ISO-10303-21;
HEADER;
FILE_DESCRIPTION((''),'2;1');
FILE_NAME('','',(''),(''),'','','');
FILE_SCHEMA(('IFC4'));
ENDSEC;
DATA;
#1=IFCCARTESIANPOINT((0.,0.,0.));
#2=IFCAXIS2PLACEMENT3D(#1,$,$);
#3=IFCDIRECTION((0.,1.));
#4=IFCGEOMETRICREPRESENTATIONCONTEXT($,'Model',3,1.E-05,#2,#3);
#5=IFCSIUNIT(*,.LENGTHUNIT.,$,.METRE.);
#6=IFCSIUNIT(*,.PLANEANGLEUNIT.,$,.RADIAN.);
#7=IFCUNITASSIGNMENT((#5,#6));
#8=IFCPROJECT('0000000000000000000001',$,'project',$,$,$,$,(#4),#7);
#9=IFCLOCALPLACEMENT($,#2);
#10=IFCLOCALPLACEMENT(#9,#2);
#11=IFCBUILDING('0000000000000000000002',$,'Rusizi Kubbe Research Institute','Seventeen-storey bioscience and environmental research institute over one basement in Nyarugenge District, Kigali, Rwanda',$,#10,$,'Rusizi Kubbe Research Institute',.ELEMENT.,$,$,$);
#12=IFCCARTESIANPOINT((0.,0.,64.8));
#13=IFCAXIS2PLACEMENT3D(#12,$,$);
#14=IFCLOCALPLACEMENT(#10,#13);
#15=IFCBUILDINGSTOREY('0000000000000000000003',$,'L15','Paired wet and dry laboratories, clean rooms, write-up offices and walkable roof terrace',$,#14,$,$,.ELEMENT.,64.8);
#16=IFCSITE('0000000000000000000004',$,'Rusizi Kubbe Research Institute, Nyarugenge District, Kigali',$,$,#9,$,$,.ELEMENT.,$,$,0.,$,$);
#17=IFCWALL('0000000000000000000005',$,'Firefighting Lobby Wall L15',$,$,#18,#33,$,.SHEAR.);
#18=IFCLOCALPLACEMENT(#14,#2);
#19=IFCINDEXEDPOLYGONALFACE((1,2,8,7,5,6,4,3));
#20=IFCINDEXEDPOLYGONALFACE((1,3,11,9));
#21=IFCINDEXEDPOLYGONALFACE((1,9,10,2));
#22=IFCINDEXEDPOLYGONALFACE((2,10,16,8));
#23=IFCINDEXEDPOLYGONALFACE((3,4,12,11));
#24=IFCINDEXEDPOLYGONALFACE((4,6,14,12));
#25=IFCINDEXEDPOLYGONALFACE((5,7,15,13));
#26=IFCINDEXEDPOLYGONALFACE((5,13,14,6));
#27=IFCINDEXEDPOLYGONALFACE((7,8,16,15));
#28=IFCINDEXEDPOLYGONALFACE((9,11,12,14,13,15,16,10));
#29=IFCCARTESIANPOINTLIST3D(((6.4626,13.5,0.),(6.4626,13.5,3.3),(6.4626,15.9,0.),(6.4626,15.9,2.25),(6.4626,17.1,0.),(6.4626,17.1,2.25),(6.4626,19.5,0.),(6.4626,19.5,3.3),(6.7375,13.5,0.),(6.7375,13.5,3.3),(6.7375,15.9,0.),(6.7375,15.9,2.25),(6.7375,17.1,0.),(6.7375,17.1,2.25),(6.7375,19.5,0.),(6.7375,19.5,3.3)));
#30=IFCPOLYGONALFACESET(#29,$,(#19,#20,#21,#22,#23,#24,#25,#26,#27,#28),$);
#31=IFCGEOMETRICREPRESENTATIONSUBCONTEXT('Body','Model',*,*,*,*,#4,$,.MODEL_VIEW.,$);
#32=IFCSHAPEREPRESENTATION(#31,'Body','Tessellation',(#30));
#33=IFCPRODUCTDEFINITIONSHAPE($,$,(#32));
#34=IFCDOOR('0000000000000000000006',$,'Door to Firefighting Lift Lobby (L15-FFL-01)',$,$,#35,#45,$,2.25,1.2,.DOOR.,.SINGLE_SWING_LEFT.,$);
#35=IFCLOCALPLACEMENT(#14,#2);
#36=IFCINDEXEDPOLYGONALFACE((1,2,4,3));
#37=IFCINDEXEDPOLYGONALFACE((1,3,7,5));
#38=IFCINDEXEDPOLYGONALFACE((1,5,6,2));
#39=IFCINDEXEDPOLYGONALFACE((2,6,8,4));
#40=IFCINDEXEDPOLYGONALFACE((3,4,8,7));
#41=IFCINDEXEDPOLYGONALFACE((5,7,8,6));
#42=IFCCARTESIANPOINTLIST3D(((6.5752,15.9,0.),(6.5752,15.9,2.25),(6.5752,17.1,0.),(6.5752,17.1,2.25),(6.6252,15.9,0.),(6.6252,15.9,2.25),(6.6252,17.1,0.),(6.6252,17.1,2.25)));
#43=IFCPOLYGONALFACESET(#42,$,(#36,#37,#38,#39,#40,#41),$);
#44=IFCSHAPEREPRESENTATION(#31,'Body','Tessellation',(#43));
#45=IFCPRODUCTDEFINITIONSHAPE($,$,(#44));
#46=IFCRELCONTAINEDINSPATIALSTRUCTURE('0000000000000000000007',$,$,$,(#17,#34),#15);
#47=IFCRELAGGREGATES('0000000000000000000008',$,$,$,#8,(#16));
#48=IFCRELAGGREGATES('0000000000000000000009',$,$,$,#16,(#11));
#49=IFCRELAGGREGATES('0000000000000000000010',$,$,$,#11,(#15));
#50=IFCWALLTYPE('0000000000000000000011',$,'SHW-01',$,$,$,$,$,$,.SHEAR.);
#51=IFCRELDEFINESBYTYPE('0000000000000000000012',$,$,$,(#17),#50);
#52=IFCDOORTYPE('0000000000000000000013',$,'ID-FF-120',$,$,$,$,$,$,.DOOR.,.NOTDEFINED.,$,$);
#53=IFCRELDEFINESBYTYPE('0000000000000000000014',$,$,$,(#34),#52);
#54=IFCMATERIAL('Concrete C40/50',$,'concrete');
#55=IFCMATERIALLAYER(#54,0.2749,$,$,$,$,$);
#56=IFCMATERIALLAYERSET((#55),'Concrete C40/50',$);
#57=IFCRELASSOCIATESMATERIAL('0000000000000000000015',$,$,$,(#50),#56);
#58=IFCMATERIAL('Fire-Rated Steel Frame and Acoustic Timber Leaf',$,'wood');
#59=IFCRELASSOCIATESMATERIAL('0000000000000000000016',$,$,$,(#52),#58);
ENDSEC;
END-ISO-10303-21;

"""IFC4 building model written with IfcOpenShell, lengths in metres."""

from ifc_helpers import new_model, si_unit, direction, frame, frame_2d, origin, place, context, subcontext, project, spatial, rectangle, extrude, material, layer, layer_set, type_object, element, fill, save


model = new_model("IFC4")

# Units and contexts
model_context = context("Model", 3, precision=1e-05, world=origin(), true_north=direction((0.0, 1.0)))
body_context = subcontext(model_context, "Body", "Model", "MODEL_VIEW")
ifc_project = project(units=[si_unit("LENGTHUNIT", "METRE"), si_unit("PLANEANGLEUNIT", "RADIAN")], contexts=[model_context])

# Site, building, storey
site_placement = place(None, origin())
site = spatial("IfcSite", under=ifc_project, at=site_placement, Name="Rusizi Kubbe Research Institute, Nyarugenge District, Kigali", CompositionType="ELEMENT", RefElevation=0.0)
building_placement = place(site_placement, origin())
building = spatial("IfcBuilding", under=site, at=building_placement, Name="Rusizi Kubbe Research Institute", Description="Seventeen-storey bioscience and environmental research institute over one basement in Nyarugenge District, Kigali, Rwanda", LongName="Rusizi Kubbe Research Institute", CompositionType="ELEMENT")
storey_placement = place(building_placement, frame((0.0, 0.0, 64.8)))
storey = spatial("IfcBuildingStorey", under=building, at=storey_placement, Name="L15", Description="Paired wet and dry laboratories, clean rooms, write-up offices and walkable roof terrace", CompositionType="ELEMENT", Elevation=64.8)

# Wall, opening, door
ifc_material_1 = material(Name="Concrete C40/50", Category="concrete")
ifc_layer_1 = layer(ifc_material_1, 0.2749)
ifc_layer_set_1 = layer_set([ifc_layer_1], Name="Concrete C40/50")
wall_type_1 = type_object("IfcWallType", Name="SHW-01", PredefinedType="SHEAR", material=ifc_layer_set_1)
wall_1_placement = place(storey_placement, frame((6.6001, 13.5, 0.0), z_axis=(0.0, 0.0, 1.0), x_axis=(0.0, 1.0, 0.0)))
wall_1 = element("IfcWall", 1, at=wall_1_placement, inside=storey, type_object=wall_type_1, Name="Firefighting Lobby Wall L15", PredefinedType="SHEAR", context=body_context, shape_type="SweptSolid", body=[
    extrude(rectangle(XDim=6.0, YDim=0.2749, at=frame_2d((3.0, 0.0))), origin(), (0.0, 0.0, 1.0), 3.3),
])
opening_1_placement = place(wall_1_placement, frame((2.3999, 0.0, 0.0)))
opening_1 = element("IfcOpeningElement", 2, at=opening_1_placement, cuts=wall_1, PredefinedType="OPENING", context=body_context, shape_type="SweptSolid", body=[
    extrude(rectangle(XDim=1.2, YDim=2.25, at=frame_2d((0.6001, 1.125))), frame((0.0, 0.1475, 0.0), z_axis=(0.0, -1.0, 0.0), x_axis=(1.0, 0.0, 0.0)), (0.0, 0.0, 1.0), 0.2949),
])
ifc_material_2 = material(Name="Fire-Rated Steel Frame and Acoustic Timber Leaf", Category="wood")
door_type_1 = type_object("IfcDoorType", Name="ID-FF-120", OperationType="NOTDEFINED", PredefinedType="DOOR", material=ifc_material_2)
door_1_placement = place(opening_1_placement, origin())
door_1 = element("IfcDoor", 3, at=door_1_placement, inside=storey, type_object=door_type_1, Name="Door to Firefighting Lift Lobby (L15-FFL-01)", OperationType="SINGLE_SWING_LEFT", OverallHeight=2.25, OverallWidth=1.2, PredefinedType="DOOR", context=body_context, shape_type="SweptSolid", body=[
    extrude(rectangle(XDim=1.2, YDim=2.25, at=frame_2d((0.6001, 1.125))), frame((0.0, 0.0249, 0.0), z_axis=(0.0, -1.0, 0.0), x_axis=(1.0, 0.0, 0.0)), (0.0, 0.0, 1.0), 0.05),
])
fill(opening_1, door_1)

save(model, "model.ifc")
